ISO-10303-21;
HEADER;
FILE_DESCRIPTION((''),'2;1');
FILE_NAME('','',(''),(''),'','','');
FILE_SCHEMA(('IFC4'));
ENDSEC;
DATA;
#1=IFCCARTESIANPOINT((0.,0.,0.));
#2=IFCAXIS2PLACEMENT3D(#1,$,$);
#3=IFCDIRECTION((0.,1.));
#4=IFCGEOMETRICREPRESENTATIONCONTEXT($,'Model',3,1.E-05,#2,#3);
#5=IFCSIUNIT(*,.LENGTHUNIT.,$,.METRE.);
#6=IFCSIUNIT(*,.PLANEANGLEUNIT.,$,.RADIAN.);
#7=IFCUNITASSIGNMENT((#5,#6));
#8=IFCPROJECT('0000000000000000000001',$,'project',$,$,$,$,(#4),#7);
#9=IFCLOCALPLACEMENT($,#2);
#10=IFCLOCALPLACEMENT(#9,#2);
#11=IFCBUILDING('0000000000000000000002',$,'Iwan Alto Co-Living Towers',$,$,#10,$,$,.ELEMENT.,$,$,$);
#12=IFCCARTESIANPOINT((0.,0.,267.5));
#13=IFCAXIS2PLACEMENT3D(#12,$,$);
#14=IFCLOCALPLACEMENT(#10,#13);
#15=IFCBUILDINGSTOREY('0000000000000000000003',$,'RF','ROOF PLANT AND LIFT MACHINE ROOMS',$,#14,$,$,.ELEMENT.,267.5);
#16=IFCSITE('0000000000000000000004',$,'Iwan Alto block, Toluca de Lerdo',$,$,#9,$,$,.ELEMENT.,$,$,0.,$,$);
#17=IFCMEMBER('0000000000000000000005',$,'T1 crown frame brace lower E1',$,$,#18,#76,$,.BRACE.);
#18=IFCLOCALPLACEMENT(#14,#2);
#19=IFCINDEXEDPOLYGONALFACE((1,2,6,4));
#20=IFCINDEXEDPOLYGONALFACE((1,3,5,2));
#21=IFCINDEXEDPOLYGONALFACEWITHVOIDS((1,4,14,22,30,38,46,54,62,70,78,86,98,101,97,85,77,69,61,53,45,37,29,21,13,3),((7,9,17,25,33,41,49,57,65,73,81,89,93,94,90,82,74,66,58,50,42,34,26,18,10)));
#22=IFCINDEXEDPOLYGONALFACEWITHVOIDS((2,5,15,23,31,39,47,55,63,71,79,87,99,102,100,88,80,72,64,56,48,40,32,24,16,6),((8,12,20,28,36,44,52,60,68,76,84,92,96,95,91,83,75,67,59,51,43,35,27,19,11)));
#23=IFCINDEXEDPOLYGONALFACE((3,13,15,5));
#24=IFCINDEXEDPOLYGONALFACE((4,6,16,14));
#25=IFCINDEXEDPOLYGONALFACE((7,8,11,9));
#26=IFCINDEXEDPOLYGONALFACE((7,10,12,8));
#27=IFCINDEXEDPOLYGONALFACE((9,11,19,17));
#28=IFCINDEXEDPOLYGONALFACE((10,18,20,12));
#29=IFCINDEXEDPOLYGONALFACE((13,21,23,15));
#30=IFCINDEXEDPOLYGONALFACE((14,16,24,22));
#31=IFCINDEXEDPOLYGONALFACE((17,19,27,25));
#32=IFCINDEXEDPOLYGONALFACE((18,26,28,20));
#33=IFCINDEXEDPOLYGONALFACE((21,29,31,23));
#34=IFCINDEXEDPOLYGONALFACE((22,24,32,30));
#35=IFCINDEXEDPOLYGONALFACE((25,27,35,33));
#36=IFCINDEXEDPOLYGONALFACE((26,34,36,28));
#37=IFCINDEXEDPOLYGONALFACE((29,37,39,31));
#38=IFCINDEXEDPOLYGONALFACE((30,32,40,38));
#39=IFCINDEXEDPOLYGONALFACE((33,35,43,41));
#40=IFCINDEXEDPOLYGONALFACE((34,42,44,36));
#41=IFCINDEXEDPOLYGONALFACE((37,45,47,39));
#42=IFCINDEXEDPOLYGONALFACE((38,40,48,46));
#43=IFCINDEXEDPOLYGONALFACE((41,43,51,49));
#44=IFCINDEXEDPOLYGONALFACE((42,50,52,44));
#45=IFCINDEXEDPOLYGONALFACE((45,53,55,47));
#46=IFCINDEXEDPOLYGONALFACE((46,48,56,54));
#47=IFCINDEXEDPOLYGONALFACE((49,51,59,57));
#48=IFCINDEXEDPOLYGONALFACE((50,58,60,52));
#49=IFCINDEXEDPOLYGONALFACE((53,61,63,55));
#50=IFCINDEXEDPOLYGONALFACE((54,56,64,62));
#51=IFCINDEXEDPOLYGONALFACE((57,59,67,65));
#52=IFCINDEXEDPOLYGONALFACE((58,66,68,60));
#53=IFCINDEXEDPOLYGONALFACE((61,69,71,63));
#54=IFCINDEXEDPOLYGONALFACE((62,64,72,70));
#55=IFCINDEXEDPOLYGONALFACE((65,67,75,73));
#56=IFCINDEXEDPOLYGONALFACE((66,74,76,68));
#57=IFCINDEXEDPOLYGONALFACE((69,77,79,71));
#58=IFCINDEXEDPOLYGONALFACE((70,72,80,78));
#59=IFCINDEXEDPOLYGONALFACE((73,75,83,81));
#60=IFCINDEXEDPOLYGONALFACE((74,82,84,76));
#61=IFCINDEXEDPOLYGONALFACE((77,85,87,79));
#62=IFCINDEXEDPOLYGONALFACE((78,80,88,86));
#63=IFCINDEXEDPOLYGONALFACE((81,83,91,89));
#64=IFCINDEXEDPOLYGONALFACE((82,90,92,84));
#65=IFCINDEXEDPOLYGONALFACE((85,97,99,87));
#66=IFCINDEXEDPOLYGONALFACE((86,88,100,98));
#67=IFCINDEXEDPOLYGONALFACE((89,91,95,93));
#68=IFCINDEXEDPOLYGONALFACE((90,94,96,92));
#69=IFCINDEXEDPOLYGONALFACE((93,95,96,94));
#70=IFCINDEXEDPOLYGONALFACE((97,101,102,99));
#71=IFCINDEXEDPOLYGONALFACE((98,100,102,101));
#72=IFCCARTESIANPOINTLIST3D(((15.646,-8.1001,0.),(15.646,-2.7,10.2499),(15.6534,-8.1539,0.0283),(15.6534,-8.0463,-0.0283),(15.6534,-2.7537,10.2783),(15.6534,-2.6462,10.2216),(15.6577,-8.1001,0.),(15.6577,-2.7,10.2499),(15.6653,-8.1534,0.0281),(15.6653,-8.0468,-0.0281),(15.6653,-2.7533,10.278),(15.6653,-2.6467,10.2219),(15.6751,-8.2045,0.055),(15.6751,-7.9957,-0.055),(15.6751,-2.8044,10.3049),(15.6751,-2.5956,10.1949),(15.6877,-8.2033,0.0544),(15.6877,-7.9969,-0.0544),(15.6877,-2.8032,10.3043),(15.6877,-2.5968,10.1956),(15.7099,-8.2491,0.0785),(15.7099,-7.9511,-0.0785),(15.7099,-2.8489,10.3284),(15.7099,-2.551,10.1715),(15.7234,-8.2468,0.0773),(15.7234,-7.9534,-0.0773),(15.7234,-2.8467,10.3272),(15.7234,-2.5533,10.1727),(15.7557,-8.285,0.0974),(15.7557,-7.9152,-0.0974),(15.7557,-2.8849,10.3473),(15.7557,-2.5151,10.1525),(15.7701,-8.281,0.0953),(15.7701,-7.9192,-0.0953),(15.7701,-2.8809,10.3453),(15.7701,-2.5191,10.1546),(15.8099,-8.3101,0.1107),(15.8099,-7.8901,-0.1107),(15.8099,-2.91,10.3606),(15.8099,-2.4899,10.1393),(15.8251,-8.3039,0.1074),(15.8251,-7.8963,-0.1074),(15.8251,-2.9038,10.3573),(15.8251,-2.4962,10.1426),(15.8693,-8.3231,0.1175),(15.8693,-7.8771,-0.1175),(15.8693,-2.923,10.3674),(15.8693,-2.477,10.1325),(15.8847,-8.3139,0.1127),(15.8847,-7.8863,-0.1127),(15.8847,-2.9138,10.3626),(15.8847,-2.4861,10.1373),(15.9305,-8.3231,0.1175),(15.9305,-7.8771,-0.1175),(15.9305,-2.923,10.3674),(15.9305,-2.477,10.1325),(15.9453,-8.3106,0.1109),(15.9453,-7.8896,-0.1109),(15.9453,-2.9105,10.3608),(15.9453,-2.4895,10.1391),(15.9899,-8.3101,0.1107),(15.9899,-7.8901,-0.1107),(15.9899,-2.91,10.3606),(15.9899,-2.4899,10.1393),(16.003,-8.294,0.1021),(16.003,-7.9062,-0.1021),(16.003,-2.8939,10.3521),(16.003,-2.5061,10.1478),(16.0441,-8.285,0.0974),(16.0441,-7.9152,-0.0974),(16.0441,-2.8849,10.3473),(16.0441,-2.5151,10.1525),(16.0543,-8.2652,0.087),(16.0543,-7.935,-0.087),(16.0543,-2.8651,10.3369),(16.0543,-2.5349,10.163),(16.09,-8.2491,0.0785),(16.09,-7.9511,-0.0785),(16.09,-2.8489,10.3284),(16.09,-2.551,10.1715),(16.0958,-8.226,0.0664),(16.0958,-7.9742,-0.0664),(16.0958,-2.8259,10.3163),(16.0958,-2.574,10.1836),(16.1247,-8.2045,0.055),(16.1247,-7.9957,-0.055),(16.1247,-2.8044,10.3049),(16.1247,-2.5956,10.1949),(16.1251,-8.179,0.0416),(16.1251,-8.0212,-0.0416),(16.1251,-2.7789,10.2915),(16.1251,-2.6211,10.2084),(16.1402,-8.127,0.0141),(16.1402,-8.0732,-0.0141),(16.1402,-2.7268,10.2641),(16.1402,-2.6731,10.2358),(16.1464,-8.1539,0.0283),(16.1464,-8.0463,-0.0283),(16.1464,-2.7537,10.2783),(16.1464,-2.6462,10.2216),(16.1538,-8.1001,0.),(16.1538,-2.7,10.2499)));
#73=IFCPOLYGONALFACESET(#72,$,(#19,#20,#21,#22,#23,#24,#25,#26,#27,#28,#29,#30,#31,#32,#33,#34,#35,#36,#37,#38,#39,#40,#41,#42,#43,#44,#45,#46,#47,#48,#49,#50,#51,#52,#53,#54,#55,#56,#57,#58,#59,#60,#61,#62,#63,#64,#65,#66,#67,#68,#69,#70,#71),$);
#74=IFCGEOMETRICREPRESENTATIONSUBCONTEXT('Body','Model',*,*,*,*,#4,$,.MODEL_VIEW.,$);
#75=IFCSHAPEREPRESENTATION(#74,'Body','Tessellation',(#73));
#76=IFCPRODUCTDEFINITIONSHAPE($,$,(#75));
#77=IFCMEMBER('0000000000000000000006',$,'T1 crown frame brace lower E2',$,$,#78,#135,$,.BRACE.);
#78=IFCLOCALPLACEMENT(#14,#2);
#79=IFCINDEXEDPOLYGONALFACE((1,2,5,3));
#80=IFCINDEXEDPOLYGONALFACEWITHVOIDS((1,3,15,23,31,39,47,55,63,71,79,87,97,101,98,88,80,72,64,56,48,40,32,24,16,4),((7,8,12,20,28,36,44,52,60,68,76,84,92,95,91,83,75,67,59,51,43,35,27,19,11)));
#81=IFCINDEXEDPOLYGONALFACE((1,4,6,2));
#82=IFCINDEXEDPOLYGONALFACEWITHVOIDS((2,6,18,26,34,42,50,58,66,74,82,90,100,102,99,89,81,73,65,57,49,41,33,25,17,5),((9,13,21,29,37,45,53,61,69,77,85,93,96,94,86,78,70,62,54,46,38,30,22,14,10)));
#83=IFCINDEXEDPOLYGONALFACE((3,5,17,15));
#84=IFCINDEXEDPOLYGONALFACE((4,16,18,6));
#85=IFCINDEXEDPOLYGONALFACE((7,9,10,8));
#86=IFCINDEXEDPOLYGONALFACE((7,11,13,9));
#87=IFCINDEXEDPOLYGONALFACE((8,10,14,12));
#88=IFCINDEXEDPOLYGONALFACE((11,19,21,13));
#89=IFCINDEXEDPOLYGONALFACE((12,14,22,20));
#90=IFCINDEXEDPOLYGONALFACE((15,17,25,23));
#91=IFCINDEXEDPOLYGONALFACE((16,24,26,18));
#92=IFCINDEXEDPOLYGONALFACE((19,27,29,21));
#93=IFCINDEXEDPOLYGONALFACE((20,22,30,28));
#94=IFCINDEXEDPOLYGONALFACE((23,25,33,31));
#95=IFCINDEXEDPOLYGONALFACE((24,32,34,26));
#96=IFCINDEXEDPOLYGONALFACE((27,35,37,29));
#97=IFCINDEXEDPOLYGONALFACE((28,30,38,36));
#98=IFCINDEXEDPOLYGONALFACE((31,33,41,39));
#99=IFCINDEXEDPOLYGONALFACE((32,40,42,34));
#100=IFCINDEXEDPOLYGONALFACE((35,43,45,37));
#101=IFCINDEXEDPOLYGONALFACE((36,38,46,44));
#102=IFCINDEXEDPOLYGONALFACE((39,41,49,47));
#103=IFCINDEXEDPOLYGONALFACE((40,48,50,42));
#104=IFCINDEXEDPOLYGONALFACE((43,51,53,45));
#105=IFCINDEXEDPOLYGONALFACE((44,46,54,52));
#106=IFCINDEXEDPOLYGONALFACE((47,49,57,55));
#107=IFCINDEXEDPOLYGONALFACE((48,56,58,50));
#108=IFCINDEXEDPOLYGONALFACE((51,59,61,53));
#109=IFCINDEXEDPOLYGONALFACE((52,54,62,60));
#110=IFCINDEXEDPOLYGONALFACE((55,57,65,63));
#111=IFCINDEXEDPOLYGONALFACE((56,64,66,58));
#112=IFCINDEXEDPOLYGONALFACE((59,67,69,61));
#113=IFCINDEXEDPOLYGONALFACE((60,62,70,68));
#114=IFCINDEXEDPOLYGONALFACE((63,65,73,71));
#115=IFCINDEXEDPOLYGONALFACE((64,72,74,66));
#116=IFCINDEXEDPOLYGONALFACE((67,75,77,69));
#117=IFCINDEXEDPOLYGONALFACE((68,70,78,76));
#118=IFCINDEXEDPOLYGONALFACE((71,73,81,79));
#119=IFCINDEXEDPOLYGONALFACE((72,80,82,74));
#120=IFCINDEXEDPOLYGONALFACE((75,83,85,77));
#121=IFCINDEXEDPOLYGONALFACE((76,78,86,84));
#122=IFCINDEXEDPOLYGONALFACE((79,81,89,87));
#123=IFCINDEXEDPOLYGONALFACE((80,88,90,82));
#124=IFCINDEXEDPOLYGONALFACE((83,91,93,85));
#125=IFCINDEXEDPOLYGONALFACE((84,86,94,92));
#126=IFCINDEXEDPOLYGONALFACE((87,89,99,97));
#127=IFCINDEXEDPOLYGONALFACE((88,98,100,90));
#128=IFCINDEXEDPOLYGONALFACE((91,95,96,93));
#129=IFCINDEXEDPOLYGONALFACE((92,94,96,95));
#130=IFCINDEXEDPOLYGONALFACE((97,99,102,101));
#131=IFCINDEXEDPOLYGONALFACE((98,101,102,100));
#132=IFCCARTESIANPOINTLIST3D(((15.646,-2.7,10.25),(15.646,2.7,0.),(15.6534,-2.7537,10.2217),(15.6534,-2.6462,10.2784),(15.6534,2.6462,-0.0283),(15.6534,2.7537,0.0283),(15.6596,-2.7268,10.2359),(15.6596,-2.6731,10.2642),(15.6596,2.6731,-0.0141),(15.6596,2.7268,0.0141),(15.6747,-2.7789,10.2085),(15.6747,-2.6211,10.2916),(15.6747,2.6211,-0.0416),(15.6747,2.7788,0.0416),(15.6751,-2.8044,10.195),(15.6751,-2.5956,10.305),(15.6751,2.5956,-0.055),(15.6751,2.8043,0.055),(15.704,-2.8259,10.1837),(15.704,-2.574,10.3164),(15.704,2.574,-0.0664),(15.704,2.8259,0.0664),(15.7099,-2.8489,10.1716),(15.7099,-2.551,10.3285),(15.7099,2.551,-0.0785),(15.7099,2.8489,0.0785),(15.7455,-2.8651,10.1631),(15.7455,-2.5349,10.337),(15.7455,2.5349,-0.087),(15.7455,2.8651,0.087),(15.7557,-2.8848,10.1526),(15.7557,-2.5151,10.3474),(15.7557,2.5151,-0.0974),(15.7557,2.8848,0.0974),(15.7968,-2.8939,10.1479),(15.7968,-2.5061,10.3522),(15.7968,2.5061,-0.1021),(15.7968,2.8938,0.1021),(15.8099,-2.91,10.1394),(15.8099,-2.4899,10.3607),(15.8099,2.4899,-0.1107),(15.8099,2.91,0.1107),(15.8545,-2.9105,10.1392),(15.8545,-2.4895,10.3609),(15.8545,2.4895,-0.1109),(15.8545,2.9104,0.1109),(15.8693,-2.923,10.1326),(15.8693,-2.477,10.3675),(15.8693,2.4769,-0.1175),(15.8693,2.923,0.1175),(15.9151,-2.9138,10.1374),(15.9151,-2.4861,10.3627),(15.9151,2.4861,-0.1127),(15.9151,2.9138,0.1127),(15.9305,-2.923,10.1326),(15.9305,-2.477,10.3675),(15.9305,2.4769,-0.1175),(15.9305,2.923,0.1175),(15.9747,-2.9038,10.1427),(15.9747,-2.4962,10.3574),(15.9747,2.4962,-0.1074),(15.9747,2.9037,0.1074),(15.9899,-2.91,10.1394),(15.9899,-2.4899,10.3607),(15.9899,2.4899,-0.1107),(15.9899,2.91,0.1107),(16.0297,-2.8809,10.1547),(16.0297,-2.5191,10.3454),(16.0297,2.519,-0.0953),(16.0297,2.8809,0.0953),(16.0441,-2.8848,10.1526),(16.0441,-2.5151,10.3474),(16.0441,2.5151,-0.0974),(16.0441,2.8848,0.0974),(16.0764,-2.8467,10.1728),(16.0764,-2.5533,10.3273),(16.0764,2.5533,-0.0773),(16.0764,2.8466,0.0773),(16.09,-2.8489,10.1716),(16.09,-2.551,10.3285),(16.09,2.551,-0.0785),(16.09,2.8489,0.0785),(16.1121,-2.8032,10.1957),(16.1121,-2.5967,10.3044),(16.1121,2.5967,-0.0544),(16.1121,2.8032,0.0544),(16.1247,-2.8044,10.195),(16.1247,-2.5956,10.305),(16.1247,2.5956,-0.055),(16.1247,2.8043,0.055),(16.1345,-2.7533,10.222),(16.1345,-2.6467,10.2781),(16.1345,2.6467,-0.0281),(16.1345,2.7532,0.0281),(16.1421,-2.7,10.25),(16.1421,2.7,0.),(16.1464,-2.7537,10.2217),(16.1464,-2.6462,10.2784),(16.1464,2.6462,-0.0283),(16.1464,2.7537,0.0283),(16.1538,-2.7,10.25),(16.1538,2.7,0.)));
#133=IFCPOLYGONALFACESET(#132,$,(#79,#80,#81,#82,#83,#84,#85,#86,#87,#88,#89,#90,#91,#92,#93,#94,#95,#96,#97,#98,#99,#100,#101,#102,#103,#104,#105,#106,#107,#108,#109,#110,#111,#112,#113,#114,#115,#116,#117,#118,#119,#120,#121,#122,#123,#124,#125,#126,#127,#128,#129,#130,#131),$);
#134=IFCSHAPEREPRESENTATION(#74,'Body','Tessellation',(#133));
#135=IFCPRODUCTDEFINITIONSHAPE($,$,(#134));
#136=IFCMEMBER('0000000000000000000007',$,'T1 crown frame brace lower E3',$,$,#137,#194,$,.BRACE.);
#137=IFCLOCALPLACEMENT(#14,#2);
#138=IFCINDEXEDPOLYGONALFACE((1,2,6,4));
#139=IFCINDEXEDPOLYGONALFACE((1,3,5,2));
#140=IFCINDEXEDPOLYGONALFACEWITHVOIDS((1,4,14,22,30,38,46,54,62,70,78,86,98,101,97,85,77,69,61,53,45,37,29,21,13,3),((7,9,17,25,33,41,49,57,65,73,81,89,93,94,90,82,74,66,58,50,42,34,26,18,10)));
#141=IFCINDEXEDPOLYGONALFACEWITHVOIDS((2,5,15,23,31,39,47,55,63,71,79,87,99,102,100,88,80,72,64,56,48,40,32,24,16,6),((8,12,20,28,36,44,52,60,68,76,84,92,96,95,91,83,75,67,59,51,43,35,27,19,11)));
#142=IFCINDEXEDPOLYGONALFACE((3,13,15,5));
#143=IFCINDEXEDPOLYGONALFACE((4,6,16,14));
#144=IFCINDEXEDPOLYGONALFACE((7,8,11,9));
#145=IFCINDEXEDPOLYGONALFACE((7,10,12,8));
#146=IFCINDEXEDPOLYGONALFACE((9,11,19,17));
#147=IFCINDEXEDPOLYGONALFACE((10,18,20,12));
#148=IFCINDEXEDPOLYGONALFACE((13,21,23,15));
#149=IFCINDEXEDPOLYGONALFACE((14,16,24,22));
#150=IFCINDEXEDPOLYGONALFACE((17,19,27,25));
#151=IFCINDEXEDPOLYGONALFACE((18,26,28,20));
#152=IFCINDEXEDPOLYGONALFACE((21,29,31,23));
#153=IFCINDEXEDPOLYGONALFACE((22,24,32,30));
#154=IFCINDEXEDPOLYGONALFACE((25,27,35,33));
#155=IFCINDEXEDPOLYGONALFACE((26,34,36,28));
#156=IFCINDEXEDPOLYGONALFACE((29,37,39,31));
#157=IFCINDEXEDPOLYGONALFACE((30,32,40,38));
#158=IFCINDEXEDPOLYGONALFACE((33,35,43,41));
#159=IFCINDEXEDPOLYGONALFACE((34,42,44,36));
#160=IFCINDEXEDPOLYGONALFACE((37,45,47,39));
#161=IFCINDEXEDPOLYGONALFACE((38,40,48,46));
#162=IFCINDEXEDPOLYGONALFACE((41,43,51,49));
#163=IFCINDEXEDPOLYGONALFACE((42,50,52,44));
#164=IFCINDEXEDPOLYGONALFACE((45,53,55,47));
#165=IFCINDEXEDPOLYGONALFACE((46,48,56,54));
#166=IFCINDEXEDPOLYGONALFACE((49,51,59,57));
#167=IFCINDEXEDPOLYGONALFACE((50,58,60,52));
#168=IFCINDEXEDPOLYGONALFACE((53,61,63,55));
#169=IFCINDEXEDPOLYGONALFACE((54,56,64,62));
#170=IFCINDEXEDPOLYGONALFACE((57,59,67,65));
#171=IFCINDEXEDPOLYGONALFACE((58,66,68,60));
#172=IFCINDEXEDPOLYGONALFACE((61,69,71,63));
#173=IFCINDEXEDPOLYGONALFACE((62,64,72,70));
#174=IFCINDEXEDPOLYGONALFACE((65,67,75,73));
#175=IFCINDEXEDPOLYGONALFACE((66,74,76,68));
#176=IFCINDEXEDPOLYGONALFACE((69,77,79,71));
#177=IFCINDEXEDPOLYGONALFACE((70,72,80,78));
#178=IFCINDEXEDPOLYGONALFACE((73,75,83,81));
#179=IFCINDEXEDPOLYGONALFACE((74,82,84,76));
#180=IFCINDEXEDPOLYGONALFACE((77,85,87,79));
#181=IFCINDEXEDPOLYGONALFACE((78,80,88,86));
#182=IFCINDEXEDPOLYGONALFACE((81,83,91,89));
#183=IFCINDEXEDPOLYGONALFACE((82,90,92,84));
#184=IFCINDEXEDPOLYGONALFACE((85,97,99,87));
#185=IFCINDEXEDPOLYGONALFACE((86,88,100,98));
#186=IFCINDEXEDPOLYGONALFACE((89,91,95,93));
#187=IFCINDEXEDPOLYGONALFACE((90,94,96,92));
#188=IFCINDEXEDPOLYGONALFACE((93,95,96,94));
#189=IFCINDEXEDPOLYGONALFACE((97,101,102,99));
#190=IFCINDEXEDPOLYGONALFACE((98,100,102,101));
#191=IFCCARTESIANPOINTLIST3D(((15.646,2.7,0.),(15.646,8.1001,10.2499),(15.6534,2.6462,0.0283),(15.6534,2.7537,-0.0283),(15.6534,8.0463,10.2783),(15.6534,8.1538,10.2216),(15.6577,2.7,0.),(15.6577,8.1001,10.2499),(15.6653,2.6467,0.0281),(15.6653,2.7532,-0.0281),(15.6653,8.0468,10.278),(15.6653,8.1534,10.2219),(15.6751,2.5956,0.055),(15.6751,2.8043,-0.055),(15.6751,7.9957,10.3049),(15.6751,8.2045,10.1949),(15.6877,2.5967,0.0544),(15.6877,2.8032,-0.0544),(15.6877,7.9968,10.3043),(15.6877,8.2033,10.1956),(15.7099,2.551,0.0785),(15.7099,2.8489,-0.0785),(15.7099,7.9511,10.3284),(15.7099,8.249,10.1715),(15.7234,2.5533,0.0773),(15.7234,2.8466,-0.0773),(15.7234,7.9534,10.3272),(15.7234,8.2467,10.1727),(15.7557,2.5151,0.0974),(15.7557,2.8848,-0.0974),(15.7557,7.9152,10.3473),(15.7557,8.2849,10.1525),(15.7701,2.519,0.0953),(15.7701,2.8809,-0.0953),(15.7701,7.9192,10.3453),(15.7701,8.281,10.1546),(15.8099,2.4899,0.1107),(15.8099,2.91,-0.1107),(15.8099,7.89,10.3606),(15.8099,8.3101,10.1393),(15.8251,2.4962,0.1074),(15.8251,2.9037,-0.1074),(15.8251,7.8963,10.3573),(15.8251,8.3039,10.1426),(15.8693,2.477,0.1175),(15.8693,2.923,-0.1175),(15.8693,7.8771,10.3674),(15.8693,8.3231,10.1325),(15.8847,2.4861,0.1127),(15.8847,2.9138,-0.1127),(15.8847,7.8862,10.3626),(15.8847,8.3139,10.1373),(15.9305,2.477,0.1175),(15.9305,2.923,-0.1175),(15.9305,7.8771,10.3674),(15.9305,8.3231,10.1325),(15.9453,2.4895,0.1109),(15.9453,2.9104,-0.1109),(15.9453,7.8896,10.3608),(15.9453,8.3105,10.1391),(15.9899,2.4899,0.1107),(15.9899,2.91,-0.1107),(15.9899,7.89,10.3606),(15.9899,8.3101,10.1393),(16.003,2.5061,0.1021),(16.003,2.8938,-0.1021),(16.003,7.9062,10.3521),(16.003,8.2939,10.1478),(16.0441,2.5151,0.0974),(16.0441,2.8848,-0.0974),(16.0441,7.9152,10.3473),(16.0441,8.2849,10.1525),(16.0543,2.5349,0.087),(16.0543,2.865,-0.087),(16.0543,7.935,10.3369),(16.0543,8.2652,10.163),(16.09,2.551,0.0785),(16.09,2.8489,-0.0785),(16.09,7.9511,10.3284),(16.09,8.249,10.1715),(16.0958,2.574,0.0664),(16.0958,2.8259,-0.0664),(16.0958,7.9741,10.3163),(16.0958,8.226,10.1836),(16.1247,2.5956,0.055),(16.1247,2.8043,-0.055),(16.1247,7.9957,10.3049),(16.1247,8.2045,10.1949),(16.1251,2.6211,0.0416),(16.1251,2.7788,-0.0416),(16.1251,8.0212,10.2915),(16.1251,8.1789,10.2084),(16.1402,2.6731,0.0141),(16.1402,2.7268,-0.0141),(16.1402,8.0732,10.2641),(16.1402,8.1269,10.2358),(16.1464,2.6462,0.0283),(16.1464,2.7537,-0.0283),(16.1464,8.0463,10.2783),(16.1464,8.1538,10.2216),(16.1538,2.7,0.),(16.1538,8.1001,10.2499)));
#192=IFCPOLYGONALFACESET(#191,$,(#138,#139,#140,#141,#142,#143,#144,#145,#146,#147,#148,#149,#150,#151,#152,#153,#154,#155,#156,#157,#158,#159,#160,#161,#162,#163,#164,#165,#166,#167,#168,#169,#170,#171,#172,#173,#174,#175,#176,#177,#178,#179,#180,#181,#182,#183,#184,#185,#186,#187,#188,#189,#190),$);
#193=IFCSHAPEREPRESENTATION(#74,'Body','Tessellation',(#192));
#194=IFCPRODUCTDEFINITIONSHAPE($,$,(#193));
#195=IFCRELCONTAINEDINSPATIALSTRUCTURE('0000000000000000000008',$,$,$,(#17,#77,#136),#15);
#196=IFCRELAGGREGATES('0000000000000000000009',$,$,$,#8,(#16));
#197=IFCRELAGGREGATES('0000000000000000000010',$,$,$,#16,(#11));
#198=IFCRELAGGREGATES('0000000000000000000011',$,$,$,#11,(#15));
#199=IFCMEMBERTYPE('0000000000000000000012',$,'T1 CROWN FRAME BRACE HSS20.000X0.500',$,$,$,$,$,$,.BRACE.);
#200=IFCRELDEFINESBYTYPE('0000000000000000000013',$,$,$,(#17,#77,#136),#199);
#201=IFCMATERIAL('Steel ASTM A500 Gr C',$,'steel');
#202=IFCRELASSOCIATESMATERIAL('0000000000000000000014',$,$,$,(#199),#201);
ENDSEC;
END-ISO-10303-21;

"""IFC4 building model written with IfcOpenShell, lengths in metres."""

from ifc_helpers import new_model, si_unit, direction, frame, origin, origin_2d, place, context, subcontext, project, spatial, hollow_circle, extrude, material, material_profile, profile_set, type_object, element, save


model = new_model("IFC4")

# Units and contexts
model_context = context("Model", 3, precision=1e-05, world=origin(), true_north=direction((0.0, 1.0)))
body_context = subcontext(model_context, "Body", "Model", "MODEL_VIEW")
ifc_project = project(units=[si_unit("LENGTHUNIT", "METRE"), si_unit("PLANEANGLEUNIT", "RADIAN")], contexts=[model_context])

# Site, building, storey
site_placement = place(None, origin())
site = spatial("IfcSite", under=ifc_project, at=site_placement, Name="Iwan Alto block, Toluca de Lerdo", CompositionType="ELEMENT", RefElevation=0.0)
building_placement = place(site_placement, origin())
building = spatial("IfcBuilding", under=site, at=building_placement, Name="Iwan Alto Co-Living Towers", CompositionType="ELEMENT")
storey_placement = place(building_placement, frame((0.0, 0.0, 267.5)))
storey = spatial("IfcBuildingStorey", under=building, at=storey_placement, Name="RF", Description="ROOF PLANT AND LIFT MACHINE ROOMS", CompositionType="ELEMENT", Elevation=267.5)

# Members
ifc_material_1 = material(Name="Steel ASTM A500 Gr C", Category="steel")
ifc_material_profile_1 = material_profile(ifc_material_1, hollow_circle(Radius=0.2539, WallThickness=0.0117, at=origin_2d()), Name="HSS20.000X0.500")
ifc_profile_set_1 = profile_set([ifc_material_profile_1], Name="Steel ASTM A500 Gr C")
member_type = type_object("IfcMemberType", Name="T1 CROWN FRAME BRACE HSS20.000X0.500", PredefinedType="BRACE", material=ifc_profile_set_1)
for number, where, z_axis, x_axis, name in (
    (1, (15.8999, -8.1001, 0.0), (0.0, 0.466112, 0.884726), (-1.0, 0.0, 0.0), "T1 crown frame brace lower E1"),
    (2, (15.8999, 2.7, 0.0), (0.0, -0.466096, 0.884734), (1.0, 0.0, 0.0), "T1 crown frame brace lower E2"),
    (3, (15.8999, 2.7, 0.0), (0.0, 0.466112, 0.884726), (-1.0, 0.0, 0.0), "T1 crown frame brace lower E3"),
):
    element("IfcMember", number, at=place(storey_placement, frame(where, z_axis=z_axis, x_axis=x_axis)), inside=storey, type_object=member_type, Name=name, PredefinedType="BRACE", context=body_context, shape_type="SweptSolid", body=[
        extrude(hollow_circle(Radius=0.2539, WallThickness=0.0117, at=origin_2d()), origin(), (0.0, 0.0, 1.0), 11.5854),
    ])

save(model, "model.ifc")
